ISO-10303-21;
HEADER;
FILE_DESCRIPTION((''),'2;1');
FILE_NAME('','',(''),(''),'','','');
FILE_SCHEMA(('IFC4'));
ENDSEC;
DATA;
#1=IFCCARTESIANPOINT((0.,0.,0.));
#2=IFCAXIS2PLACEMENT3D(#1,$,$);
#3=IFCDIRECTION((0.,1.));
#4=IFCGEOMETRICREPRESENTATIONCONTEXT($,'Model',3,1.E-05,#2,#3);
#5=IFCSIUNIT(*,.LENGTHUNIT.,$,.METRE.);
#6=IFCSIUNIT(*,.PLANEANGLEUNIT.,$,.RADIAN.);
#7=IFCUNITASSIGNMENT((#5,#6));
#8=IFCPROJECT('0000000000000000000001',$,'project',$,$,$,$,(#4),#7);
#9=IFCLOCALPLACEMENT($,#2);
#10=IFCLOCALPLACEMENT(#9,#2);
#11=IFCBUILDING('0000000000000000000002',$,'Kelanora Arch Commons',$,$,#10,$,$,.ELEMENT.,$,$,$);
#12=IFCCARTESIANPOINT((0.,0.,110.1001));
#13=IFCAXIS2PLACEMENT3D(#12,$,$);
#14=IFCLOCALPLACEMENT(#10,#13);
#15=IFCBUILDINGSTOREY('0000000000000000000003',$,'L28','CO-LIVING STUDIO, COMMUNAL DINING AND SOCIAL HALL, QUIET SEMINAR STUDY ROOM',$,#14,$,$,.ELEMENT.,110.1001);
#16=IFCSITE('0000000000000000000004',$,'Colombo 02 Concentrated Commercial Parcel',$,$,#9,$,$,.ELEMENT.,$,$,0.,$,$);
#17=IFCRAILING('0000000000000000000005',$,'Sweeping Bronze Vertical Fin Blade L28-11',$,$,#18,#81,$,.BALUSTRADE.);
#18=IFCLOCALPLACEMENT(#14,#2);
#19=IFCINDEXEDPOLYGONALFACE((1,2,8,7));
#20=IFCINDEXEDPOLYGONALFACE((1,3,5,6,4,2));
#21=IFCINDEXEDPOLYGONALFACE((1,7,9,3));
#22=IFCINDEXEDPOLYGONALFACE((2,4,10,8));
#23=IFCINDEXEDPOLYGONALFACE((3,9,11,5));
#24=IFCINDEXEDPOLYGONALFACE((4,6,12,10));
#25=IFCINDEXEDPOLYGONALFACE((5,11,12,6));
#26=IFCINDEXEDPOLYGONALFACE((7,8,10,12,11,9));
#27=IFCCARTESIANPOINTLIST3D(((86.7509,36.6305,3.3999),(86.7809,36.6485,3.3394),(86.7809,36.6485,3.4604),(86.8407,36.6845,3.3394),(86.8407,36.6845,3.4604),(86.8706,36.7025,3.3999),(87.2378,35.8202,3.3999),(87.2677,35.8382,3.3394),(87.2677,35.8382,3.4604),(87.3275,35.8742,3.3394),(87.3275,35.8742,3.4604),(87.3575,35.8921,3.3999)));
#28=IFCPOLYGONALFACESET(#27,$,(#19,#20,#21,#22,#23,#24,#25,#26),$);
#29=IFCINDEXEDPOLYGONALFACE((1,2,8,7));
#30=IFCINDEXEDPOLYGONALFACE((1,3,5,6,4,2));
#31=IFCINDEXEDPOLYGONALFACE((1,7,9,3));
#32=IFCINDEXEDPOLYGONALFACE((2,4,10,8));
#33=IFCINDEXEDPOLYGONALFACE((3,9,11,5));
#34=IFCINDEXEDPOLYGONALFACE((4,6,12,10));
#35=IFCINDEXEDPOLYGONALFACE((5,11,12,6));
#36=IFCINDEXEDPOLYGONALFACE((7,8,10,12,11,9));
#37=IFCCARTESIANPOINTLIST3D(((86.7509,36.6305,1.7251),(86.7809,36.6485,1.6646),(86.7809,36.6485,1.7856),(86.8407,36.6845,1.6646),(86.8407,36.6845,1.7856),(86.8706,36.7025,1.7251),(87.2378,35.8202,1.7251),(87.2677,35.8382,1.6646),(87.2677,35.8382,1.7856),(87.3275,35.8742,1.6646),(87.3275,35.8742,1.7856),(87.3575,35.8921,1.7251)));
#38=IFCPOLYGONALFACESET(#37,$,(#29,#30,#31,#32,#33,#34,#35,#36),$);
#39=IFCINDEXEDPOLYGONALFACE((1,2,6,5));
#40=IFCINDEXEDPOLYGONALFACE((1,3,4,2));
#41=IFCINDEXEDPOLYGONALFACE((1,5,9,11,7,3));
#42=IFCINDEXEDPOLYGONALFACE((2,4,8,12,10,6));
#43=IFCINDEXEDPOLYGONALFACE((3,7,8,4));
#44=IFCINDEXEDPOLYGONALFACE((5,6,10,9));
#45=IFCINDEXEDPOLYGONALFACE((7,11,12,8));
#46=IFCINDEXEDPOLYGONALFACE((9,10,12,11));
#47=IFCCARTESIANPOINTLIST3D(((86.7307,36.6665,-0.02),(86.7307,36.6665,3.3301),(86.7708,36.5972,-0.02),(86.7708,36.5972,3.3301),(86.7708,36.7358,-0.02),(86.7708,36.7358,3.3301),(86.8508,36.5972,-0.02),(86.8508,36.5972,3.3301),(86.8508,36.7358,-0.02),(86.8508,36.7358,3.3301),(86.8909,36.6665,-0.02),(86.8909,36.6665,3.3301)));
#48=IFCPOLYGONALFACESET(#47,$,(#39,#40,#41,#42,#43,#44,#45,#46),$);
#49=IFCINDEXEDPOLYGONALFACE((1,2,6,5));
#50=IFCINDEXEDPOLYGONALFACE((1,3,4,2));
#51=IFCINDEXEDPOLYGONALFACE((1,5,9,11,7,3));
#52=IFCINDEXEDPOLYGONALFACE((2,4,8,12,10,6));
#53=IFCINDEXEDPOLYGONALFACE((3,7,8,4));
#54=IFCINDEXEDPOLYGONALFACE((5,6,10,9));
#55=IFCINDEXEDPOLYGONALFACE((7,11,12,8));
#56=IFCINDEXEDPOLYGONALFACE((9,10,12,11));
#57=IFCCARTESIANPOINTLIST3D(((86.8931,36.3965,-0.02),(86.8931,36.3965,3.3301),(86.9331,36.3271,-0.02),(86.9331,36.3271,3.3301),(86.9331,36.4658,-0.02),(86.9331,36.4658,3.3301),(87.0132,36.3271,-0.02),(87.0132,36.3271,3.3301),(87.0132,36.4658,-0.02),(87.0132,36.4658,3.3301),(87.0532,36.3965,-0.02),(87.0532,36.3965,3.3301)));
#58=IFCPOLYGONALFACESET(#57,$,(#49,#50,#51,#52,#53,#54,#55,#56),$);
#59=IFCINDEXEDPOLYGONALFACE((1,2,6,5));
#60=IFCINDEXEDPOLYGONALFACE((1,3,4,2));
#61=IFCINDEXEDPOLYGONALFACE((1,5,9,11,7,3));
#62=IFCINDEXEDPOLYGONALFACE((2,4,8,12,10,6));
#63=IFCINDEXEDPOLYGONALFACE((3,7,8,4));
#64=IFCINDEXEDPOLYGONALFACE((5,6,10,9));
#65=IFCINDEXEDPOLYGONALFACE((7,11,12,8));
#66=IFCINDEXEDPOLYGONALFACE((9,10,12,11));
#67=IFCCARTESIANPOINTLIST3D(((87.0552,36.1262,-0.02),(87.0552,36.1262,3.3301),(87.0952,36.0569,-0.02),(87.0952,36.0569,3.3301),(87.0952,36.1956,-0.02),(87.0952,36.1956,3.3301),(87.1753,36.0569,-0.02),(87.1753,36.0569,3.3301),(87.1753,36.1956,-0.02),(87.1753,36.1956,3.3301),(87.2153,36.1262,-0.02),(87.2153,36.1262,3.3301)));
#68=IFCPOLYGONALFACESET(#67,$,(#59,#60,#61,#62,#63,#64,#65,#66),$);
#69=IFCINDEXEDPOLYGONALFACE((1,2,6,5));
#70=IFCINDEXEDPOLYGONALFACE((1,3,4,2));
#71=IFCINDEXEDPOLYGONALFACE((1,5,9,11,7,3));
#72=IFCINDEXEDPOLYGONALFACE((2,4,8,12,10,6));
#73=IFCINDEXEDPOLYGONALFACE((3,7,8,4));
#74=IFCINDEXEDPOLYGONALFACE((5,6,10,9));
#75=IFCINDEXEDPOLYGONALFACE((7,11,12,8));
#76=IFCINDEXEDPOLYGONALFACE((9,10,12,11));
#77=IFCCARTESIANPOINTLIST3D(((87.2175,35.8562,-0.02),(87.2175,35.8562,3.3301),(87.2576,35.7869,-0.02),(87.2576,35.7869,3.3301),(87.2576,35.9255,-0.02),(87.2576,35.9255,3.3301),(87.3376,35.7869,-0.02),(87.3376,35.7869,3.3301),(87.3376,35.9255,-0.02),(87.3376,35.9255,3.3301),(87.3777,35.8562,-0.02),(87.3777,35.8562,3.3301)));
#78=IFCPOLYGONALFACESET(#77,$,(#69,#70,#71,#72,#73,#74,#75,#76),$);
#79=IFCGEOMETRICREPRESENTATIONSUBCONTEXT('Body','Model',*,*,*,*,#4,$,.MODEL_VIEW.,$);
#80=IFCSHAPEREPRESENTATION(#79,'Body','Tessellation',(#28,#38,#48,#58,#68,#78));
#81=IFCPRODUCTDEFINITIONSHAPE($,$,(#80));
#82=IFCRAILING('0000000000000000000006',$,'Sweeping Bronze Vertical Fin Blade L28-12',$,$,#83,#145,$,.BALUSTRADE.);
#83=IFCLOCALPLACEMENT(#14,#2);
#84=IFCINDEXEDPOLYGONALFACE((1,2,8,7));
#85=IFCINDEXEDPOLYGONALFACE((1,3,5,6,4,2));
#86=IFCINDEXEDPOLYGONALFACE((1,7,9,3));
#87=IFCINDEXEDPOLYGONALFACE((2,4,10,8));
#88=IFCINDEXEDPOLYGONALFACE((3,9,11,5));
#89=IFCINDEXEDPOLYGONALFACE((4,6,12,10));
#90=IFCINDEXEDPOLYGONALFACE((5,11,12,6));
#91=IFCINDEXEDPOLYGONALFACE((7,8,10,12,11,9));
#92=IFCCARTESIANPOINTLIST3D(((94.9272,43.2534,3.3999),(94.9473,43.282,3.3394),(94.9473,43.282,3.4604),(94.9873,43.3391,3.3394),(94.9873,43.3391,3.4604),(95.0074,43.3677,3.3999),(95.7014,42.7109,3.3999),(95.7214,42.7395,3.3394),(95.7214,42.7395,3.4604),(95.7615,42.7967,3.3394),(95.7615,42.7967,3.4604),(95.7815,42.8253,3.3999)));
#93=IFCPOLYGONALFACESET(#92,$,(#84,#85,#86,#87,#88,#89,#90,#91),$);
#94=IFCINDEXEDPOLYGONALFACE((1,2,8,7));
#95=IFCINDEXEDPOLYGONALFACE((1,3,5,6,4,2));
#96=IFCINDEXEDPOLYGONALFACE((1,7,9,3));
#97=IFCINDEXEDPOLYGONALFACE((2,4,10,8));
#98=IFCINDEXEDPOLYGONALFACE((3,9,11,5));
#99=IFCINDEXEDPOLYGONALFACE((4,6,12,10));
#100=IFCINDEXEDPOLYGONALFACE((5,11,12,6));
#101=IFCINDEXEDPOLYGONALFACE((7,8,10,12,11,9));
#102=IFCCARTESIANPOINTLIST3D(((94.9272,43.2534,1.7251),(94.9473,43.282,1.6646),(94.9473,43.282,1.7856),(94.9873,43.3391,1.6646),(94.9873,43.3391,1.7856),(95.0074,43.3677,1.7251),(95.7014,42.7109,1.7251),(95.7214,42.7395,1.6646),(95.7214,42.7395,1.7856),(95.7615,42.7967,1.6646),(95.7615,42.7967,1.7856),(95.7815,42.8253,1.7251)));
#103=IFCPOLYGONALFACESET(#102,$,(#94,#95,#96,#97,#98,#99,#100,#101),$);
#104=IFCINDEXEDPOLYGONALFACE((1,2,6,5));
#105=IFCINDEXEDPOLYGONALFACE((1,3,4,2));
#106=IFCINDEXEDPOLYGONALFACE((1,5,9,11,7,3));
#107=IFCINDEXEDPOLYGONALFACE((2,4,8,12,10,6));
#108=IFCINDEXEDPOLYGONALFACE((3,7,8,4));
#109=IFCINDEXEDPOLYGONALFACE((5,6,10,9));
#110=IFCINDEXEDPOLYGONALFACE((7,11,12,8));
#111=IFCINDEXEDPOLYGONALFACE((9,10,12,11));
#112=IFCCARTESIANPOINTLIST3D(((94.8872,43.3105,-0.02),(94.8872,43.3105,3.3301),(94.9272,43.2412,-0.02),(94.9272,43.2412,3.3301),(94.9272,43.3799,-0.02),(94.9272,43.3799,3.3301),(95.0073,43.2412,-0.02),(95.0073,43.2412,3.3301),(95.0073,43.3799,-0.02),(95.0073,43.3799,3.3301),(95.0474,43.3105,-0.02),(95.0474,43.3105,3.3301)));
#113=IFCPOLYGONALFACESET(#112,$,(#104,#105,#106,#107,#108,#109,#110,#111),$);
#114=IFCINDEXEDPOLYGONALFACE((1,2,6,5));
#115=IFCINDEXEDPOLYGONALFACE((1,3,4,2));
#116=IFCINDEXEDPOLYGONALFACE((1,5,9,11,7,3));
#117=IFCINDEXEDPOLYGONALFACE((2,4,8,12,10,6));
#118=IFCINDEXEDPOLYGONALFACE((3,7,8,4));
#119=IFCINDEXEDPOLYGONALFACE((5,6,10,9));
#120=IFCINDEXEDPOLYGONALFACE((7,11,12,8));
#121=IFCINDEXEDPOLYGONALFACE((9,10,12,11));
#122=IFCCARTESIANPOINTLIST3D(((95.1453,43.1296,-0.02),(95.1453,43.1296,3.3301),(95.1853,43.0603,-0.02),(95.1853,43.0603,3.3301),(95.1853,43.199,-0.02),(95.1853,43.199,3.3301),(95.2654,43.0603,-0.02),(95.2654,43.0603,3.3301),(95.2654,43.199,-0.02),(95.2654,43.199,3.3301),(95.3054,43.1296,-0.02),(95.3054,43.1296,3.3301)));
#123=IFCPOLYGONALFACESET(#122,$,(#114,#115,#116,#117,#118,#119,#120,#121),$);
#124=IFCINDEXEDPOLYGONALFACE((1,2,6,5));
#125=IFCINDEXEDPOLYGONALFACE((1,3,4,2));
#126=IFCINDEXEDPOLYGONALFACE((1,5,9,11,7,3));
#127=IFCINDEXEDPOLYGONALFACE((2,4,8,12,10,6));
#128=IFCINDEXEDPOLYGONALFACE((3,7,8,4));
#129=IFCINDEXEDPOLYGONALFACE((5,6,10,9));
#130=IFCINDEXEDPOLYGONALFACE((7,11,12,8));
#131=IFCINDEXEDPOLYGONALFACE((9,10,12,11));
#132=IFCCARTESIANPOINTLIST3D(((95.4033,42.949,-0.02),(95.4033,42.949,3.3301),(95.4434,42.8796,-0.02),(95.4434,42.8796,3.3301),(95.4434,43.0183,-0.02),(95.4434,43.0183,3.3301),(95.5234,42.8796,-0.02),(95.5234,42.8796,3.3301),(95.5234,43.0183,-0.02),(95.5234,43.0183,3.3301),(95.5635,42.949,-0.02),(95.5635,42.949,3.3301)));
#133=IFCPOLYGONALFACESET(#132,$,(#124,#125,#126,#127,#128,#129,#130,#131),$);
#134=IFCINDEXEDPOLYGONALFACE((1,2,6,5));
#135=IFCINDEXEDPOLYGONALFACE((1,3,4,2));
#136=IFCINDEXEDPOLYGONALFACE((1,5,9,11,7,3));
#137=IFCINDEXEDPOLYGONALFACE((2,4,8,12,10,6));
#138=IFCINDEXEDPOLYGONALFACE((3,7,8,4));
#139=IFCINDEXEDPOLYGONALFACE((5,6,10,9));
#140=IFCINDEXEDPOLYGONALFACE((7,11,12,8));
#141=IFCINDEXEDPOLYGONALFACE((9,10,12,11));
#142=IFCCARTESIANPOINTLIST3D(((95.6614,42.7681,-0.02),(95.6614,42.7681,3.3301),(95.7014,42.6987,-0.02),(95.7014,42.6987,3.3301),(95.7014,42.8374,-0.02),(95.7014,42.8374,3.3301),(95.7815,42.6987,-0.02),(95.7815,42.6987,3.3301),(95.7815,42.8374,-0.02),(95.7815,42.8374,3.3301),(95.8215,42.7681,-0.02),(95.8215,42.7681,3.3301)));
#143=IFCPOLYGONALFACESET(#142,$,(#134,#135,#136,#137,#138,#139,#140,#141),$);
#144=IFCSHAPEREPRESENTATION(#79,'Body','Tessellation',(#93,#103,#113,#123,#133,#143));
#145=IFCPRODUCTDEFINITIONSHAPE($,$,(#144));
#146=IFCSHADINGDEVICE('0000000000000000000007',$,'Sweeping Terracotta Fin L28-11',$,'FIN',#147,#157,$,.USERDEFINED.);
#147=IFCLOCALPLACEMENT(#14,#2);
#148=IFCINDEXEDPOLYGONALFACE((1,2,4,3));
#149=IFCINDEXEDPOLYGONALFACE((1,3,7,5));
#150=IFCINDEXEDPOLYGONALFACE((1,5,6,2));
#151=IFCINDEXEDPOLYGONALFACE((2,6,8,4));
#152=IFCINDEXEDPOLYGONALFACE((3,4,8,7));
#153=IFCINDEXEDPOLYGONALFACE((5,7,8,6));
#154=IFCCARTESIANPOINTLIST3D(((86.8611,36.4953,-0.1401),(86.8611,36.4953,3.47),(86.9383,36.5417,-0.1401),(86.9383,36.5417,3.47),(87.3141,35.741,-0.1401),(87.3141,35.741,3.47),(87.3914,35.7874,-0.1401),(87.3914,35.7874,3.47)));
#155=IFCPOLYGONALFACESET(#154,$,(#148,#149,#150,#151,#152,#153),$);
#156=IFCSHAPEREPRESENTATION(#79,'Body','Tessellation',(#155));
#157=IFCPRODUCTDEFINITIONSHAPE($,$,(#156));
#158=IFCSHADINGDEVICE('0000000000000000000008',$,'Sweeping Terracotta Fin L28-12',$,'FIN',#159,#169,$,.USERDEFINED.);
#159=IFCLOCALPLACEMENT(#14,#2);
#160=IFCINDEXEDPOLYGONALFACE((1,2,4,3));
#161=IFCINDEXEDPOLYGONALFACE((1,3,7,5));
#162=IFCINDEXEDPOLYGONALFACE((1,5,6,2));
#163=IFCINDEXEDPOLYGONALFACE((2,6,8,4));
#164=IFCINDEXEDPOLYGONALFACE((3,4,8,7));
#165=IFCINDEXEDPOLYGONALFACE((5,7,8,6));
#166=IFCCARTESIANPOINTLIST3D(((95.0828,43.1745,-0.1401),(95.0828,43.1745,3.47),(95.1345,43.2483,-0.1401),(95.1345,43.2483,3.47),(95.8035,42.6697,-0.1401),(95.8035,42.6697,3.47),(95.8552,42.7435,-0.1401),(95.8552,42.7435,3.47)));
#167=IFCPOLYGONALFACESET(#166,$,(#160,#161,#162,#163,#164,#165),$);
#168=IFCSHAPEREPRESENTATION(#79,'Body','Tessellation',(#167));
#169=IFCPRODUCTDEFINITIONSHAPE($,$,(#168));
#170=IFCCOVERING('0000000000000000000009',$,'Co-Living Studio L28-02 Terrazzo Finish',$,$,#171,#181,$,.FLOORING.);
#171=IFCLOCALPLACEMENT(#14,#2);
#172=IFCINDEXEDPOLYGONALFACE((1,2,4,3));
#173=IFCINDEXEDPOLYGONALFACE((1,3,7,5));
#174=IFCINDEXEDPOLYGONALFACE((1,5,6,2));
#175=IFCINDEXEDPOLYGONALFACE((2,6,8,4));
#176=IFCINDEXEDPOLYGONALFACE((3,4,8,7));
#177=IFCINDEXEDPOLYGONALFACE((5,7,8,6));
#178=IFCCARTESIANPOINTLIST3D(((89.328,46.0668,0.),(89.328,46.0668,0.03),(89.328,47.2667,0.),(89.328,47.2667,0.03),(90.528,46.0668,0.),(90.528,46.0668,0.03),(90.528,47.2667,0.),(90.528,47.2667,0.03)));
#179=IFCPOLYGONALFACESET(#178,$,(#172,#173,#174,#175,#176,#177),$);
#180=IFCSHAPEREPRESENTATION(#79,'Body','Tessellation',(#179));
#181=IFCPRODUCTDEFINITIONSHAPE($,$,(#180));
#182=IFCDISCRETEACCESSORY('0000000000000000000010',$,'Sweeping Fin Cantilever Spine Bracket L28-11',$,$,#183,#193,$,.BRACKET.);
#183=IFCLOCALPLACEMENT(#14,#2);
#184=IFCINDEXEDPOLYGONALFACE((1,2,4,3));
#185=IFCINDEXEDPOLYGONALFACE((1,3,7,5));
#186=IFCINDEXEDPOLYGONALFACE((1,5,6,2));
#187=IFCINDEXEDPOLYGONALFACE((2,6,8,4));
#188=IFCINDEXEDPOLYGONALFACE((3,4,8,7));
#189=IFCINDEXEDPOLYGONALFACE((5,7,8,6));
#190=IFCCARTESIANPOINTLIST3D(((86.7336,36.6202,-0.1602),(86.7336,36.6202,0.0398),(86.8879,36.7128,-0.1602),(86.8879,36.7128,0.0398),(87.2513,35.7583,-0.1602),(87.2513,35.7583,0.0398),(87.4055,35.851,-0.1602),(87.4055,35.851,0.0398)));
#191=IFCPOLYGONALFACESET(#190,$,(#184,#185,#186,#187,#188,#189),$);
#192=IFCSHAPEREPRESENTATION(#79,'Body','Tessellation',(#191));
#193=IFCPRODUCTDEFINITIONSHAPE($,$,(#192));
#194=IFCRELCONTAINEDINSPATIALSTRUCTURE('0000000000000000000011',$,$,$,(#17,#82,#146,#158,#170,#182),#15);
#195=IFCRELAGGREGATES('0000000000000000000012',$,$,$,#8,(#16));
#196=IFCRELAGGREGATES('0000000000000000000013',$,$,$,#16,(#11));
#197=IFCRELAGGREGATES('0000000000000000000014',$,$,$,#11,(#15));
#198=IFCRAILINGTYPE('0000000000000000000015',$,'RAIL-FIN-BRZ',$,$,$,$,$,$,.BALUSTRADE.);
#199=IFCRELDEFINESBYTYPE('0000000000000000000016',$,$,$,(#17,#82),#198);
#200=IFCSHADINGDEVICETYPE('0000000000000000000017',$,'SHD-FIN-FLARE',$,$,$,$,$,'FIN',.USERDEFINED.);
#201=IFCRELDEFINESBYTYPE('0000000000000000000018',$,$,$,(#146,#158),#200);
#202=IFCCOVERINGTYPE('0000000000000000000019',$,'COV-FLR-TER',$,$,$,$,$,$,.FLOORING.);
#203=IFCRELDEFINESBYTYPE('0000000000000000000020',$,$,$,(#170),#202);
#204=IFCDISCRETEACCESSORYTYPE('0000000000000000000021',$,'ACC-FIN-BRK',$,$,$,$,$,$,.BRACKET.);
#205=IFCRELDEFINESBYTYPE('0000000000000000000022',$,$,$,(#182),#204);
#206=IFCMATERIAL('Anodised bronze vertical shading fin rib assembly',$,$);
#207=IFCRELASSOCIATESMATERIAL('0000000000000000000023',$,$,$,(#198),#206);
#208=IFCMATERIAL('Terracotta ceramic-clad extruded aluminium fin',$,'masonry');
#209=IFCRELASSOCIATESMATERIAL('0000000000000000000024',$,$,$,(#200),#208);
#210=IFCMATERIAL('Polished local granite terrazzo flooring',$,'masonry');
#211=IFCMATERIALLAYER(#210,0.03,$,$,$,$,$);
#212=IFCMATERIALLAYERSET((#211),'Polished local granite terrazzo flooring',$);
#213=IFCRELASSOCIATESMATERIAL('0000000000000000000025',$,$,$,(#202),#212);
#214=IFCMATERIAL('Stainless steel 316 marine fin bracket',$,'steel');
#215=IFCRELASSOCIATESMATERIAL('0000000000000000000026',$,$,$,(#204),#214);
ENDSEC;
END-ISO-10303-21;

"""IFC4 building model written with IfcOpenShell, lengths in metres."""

from ifc_helpers import new_model, si_unit, direction, frame, origin, origin_2d, place, context, subcontext, project, spatial, polyline, rectangle, outline, extrude, source, transform, mapped, material, layer, layer_set, type_object, element, save


model = new_model("IFC4")

# Units and contexts
model_context = context("Model", 3, precision=1e-05, world=origin(), true_north=direction((0.0, 1.0)))
body_context = subcontext(model_context, "Body", "Model", "MODEL_VIEW")
ifc_project = project(units=[si_unit("LENGTHUNIT", "METRE"), si_unit("PLANEANGLEUNIT", "RADIAN")], contexts=[model_context])

# Site, building, storey
site_placement = place(None, origin())
site = spatial("IfcSite", under=ifc_project, at=site_placement, Name="Colombo 02 Concentrated Commercial Parcel", CompositionType="ELEMENT", RefElevation=0.0)
building_placement = place(site_placement, origin())
building = spatial("IfcBuilding", under=site, at=building_placement, Name="Kelanora Arch Commons", CompositionType="ELEMENT")
storey_placement = place(building_placement, frame((0.0, 0.0, 110.1001)))
storey = spatial("IfcBuildingStorey", under=building, at=storey_placement, Name="L28", Description="CO-LIVING STUDIO, COMMUNAL DINING AND SOCIAL HALL, QUIET SEMINAR STUDY ROOM", CompositionType="ELEMENT", Elevation=110.1001)

# Railings
ifc_material_1 = material(Name="Anodised bronze vertical shading fin rib assembly")
railing_type = type_object("IfcRailingType", Name="RAIL-FIN-BRZ", PredefinedType="BALUSTRADE", material=ifc_material_1)
railing_1_placement = place(storey_placement, frame((86.8108, 36.6665, -0.02)))
element("IfcRailing", 1, at=railing_1_placement, inside=storey, type_object=railing_type, Name="Sweeping Bronze Vertical Fin Blade L28-11", PredefinedType="BALUSTRADE", context=body_context, shape_type="SweptSolid", body=[
    extrude(outline(polyline([(0.0698, 0.0), (0.0349, 0.0605), (-0.0349, 0.0605), (-0.0698, 0.0), (-0.0349, -0.0605), (0.0349, -0.0605), (0.0698, 0.0)])), frame((0.0, 0.0, 3.4199), z_axis=(0.514989, -0.857197, 0.0), x_axis=(0.857197, 0.514989, 0.0)), (0.0, 0.0, 1.0), 0.9453),
    extrude(outline(polyline([(0.0698, 0.0), (0.0349, 0.0605), (-0.0349, 0.0605), (-0.0698, 0.0), (-0.0349, -0.0605), (0.0349, -0.0605), (0.0698, 0.0)])), frame((0.0, 0.0, 1.7451), z_axis=(0.514989, -0.857197, 0.0), x_axis=(0.857197, 0.514989, 0.0)), (0.0, 0.0, 1.0), 0.9453),
    extrude(outline(polyline([(0.0801, 0.0), (0.04, 0.0693), (-0.04, 0.0693), (-0.0801, 0.0), (-0.04, -0.0693), (0.04, -0.0693), (0.0801, 0.0)])), origin(), (0.0, 0.0, 1.0), 3.3501),
    extrude(outline(polyline([(0.0801, 0.0), (0.04, 0.0693), (-0.04, 0.0693), (-0.0801, 0.0), (-0.04, -0.0693), (0.04, -0.0693), (0.0801, 0.0)])), frame((0.1624, -0.27, 0.0)), (0.0, 0.0, 1.0), 3.3501),
    extrude(outline(polyline([(0.0801, 0.0), (0.04, 0.0693), (-0.04, 0.0693), (-0.0801, 0.0), (-0.04, -0.0693), (0.04, -0.0693), (0.0801, 0.0)])), frame((0.3245, -0.5403, 0.0)), (0.0, 0.0, 1.0), 3.3501),
    extrude(outline(polyline([(0.0801, 0.0), (0.04, 0.0693), (-0.04, 0.0693), (-0.0801, 0.0), (-0.04, -0.0693), (0.04, -0.0693), (0.0801, 0.0)])), frame((0.4868, -0.8103, 0.0)), (0.0, 0.0, 1.0), 3.3501),
])
railing_2_placement = place(storey_placement, frame((94.9673, 43.3105, -0.02)))
element("IfcRailing", 2, at=railing_2_placement, inside=storey, type_object=railing_type, Name="Sweeping Bronze Vertical Fin Blade L28-12", PredefinedType="BALUSTRADE", context=body_context, shape_type="SweptSolid", body=[
    extrude(outline(polyline([(0.0698, 0.0), (0.0349, 0.0605), (-0.0349, 0.0605), (-0.0698, 0.0), (-0.0349, -0.0605), (0.0349, -0.0605), (0.0698, 0.0)])), frame((0.0, 0.0, 3.4199), z_axis=(0.818953, -0.573861, 0.0), x_axis=(0.573861, 0.818953, 0.0)), (0.0, 0.0, 1.0), 0.9453),
    extrude(outline(polyline([(0.0698, 0.0), (0.0349, 0.0605), (-0.0349, 0.0605), (-0.0698, 0.0), (-0.0349, -0.0605), (0.0349, -0.0605), (0.0698, 0.0)])), frame((0.0, 0.0, 1.7451), z_axis=(0.818953, -0.573861, 0.0), x_axis=(0.573861, 0.818953, 0.0)), (0.0, 0.0, 1.0), 0.9453),
    extrude(outline(polyline([(0.0801, 0.0), (0.04, 0.0693), (-0.04, 0.0693), (-0.0801, 0.0), (-0.04, -0.0693), (0.04, -0.0693), (0.0801, 0.0)])), origin(), (0.0, 0.0, 1.0), 3.3501),
    extrude(outline(polyline([(0.0801, 0.0), (0.04, 0.0693), (-0.04, 0.0693), (-0.0801, 0.0), (-0.04, -0.0693), (0.04, -0.0693), (0.0801, 0.0)])), frame((0.2581, -0.1809, 0.0)), (0.0, 0.0, 1.0), 3.3501),
    extrude(outline(polyline([(0.0801, 0.0), (0.04, 0.0693), (-0.04, 0.0693), (-0.0801, 0.0), (-0.04, -0.0693), (0.04, -0.0693), (0.0801, 0.0)])), frame((0.5161, -0.3616, 0.0)), (0.0, 0.0, 1.0), 3.3501),
    extrude(outline(polyline([(0.0801, 0.0), (0.04, 0.0693), (-0.04, 0.0693), (-0.0801, 0.0), (-0.04, -0.0693), (0.04, -0.0693), (0.0801, 0.0)])), frame((0.7742, -0.5425, 0.0)), (0.0, 0.0, 1.0), 3.3501),
])

# Shading devices
ifc_material_2 = material(Name="Terracotta ceramic-clad extruded aluminium fin", Category="masonry")
shading_device_type = type_object("IfcShadingDeviceType", Name="SHD-FIN-FLARE", ElementType="FIN", PredefinedType="USERDEFINED", material=ifc_material_2)
shared_shape_1 = source(origin(), body_context, "Body", "SweptSolid", [
    extrude(rectangle(XDim=0.8799, YDim=0.0901, at=origin_2d()), origin(), (0.0, 0.0, 1.0), 3.6101),
])
for number, where, z_axis, x_axis, name in (
    (3, (87.1262, 36.1414, -0.1401), (0.0, 0.0, 1.0), (0.514888, -0.857257, 0.0), "Sweeping Terracotta Fin L28-11"),
    (4, (95.469, 42.959, -0.1401), (0.0, 0.0, 1.0), (0.819052, -0.573719, 0.0), "Sweeping Terracotta Fin L28-12"),
):
    element("IfcShadingDevice", number, at=place(storey_placement, frame(where, z_axis=z_axis, x_axis=x_axis)), inside=storey, type_object=shading_device_type, Name=name, ObjectType="FIN", PredefinedType="USERDEFINED", context=body_context, shape_type="MappedRepresentation", body=[
        mapped(shared_shape_1, transform((0.0, 0.0, 0.0), scale=1.0)),
    ])

# Covering
ifc_material_3 = material(Name="Polished local granite terrazzo flooring", Category="masonry")
ifc_layer_1 = layer(ifc_material_3, 0.03)
ifc_layer_set_1 = layer_set([ifc_layer_1], Name="Polished local granite terrazzo flooring")
covering_type = type_object("IfcCoveringType", Name="COV-FLR-TER", PredefinedType="FLOORING", material=ifc_layer_set_1)
shared_shape_2 = source(origin(), body_context, "Body", "SweptSolid", [
    extrude(rectangle(XDim=1.2, YDim=1.2, at=origin_2d()), origin(), (0.0, 0.0, 1.0), 0.03),
])
covering_placement = place(storey_placement, frame((89.928, 46.6667, 0.0), z_axis=(0.0, 0.0, 1.0), x_axis=(1.0, 0.0, 0.0)))
element("IfcCovering", 5, at=covering_placement, inside=storey, type_object=covering_type, Name="Co-Living Studio L28-02 Terrazzo Finish", PredefinedType="FLOORING", context=body_context, shape_type="MappedRepresentation", body=[
    mapped(shared_shape_2, transform((0.0, 0.0, 0.0), scale=1.0)),
])

# Discrete accessory
ifc_material_4 = material(Name="Stainless steel 316 marine fin bracket", Category="steel")
discrete_accessory_type = type_object("IfcDiscreteAccessoryType", Name="ACC-FIN-BRK", PredefinedType="BRACKET", material=ifc_material_4)
shared_shape_3 = source(origin(), body_context, "Body", "SweptSolid", [
    extrude(rectangle(XDim=1.0054, YDim=0.1799, at=origin_2d()), origin(), (0.0, 0.0, 1.0), 0.2),
])
for number, where, z_axis, x_axis, name in (
    (6, (87.0696, 36.2356, -0.1602), (0.0, 0.0, 1.0), (0.514888, -0.857257, 0.0), "Sweeping Fin Cantilever Spine Bracket L28-11"),
):
    element("IfcDiscreteAccessory", number, at=place(storey_placement, frame(where, z_axis=z_axis, x_axis=x_axis)), inside=storey, type_object=discrete_accessory_type, Name=name, PredefinedType="BRACKET", context=body_context, shape_type="MappedRepresentation", body=[
        mapped(shared_shape_3, transform((0.0, 0.0, 0.0), scale=1.0)),
    ])

save(model, "model.ifc")
